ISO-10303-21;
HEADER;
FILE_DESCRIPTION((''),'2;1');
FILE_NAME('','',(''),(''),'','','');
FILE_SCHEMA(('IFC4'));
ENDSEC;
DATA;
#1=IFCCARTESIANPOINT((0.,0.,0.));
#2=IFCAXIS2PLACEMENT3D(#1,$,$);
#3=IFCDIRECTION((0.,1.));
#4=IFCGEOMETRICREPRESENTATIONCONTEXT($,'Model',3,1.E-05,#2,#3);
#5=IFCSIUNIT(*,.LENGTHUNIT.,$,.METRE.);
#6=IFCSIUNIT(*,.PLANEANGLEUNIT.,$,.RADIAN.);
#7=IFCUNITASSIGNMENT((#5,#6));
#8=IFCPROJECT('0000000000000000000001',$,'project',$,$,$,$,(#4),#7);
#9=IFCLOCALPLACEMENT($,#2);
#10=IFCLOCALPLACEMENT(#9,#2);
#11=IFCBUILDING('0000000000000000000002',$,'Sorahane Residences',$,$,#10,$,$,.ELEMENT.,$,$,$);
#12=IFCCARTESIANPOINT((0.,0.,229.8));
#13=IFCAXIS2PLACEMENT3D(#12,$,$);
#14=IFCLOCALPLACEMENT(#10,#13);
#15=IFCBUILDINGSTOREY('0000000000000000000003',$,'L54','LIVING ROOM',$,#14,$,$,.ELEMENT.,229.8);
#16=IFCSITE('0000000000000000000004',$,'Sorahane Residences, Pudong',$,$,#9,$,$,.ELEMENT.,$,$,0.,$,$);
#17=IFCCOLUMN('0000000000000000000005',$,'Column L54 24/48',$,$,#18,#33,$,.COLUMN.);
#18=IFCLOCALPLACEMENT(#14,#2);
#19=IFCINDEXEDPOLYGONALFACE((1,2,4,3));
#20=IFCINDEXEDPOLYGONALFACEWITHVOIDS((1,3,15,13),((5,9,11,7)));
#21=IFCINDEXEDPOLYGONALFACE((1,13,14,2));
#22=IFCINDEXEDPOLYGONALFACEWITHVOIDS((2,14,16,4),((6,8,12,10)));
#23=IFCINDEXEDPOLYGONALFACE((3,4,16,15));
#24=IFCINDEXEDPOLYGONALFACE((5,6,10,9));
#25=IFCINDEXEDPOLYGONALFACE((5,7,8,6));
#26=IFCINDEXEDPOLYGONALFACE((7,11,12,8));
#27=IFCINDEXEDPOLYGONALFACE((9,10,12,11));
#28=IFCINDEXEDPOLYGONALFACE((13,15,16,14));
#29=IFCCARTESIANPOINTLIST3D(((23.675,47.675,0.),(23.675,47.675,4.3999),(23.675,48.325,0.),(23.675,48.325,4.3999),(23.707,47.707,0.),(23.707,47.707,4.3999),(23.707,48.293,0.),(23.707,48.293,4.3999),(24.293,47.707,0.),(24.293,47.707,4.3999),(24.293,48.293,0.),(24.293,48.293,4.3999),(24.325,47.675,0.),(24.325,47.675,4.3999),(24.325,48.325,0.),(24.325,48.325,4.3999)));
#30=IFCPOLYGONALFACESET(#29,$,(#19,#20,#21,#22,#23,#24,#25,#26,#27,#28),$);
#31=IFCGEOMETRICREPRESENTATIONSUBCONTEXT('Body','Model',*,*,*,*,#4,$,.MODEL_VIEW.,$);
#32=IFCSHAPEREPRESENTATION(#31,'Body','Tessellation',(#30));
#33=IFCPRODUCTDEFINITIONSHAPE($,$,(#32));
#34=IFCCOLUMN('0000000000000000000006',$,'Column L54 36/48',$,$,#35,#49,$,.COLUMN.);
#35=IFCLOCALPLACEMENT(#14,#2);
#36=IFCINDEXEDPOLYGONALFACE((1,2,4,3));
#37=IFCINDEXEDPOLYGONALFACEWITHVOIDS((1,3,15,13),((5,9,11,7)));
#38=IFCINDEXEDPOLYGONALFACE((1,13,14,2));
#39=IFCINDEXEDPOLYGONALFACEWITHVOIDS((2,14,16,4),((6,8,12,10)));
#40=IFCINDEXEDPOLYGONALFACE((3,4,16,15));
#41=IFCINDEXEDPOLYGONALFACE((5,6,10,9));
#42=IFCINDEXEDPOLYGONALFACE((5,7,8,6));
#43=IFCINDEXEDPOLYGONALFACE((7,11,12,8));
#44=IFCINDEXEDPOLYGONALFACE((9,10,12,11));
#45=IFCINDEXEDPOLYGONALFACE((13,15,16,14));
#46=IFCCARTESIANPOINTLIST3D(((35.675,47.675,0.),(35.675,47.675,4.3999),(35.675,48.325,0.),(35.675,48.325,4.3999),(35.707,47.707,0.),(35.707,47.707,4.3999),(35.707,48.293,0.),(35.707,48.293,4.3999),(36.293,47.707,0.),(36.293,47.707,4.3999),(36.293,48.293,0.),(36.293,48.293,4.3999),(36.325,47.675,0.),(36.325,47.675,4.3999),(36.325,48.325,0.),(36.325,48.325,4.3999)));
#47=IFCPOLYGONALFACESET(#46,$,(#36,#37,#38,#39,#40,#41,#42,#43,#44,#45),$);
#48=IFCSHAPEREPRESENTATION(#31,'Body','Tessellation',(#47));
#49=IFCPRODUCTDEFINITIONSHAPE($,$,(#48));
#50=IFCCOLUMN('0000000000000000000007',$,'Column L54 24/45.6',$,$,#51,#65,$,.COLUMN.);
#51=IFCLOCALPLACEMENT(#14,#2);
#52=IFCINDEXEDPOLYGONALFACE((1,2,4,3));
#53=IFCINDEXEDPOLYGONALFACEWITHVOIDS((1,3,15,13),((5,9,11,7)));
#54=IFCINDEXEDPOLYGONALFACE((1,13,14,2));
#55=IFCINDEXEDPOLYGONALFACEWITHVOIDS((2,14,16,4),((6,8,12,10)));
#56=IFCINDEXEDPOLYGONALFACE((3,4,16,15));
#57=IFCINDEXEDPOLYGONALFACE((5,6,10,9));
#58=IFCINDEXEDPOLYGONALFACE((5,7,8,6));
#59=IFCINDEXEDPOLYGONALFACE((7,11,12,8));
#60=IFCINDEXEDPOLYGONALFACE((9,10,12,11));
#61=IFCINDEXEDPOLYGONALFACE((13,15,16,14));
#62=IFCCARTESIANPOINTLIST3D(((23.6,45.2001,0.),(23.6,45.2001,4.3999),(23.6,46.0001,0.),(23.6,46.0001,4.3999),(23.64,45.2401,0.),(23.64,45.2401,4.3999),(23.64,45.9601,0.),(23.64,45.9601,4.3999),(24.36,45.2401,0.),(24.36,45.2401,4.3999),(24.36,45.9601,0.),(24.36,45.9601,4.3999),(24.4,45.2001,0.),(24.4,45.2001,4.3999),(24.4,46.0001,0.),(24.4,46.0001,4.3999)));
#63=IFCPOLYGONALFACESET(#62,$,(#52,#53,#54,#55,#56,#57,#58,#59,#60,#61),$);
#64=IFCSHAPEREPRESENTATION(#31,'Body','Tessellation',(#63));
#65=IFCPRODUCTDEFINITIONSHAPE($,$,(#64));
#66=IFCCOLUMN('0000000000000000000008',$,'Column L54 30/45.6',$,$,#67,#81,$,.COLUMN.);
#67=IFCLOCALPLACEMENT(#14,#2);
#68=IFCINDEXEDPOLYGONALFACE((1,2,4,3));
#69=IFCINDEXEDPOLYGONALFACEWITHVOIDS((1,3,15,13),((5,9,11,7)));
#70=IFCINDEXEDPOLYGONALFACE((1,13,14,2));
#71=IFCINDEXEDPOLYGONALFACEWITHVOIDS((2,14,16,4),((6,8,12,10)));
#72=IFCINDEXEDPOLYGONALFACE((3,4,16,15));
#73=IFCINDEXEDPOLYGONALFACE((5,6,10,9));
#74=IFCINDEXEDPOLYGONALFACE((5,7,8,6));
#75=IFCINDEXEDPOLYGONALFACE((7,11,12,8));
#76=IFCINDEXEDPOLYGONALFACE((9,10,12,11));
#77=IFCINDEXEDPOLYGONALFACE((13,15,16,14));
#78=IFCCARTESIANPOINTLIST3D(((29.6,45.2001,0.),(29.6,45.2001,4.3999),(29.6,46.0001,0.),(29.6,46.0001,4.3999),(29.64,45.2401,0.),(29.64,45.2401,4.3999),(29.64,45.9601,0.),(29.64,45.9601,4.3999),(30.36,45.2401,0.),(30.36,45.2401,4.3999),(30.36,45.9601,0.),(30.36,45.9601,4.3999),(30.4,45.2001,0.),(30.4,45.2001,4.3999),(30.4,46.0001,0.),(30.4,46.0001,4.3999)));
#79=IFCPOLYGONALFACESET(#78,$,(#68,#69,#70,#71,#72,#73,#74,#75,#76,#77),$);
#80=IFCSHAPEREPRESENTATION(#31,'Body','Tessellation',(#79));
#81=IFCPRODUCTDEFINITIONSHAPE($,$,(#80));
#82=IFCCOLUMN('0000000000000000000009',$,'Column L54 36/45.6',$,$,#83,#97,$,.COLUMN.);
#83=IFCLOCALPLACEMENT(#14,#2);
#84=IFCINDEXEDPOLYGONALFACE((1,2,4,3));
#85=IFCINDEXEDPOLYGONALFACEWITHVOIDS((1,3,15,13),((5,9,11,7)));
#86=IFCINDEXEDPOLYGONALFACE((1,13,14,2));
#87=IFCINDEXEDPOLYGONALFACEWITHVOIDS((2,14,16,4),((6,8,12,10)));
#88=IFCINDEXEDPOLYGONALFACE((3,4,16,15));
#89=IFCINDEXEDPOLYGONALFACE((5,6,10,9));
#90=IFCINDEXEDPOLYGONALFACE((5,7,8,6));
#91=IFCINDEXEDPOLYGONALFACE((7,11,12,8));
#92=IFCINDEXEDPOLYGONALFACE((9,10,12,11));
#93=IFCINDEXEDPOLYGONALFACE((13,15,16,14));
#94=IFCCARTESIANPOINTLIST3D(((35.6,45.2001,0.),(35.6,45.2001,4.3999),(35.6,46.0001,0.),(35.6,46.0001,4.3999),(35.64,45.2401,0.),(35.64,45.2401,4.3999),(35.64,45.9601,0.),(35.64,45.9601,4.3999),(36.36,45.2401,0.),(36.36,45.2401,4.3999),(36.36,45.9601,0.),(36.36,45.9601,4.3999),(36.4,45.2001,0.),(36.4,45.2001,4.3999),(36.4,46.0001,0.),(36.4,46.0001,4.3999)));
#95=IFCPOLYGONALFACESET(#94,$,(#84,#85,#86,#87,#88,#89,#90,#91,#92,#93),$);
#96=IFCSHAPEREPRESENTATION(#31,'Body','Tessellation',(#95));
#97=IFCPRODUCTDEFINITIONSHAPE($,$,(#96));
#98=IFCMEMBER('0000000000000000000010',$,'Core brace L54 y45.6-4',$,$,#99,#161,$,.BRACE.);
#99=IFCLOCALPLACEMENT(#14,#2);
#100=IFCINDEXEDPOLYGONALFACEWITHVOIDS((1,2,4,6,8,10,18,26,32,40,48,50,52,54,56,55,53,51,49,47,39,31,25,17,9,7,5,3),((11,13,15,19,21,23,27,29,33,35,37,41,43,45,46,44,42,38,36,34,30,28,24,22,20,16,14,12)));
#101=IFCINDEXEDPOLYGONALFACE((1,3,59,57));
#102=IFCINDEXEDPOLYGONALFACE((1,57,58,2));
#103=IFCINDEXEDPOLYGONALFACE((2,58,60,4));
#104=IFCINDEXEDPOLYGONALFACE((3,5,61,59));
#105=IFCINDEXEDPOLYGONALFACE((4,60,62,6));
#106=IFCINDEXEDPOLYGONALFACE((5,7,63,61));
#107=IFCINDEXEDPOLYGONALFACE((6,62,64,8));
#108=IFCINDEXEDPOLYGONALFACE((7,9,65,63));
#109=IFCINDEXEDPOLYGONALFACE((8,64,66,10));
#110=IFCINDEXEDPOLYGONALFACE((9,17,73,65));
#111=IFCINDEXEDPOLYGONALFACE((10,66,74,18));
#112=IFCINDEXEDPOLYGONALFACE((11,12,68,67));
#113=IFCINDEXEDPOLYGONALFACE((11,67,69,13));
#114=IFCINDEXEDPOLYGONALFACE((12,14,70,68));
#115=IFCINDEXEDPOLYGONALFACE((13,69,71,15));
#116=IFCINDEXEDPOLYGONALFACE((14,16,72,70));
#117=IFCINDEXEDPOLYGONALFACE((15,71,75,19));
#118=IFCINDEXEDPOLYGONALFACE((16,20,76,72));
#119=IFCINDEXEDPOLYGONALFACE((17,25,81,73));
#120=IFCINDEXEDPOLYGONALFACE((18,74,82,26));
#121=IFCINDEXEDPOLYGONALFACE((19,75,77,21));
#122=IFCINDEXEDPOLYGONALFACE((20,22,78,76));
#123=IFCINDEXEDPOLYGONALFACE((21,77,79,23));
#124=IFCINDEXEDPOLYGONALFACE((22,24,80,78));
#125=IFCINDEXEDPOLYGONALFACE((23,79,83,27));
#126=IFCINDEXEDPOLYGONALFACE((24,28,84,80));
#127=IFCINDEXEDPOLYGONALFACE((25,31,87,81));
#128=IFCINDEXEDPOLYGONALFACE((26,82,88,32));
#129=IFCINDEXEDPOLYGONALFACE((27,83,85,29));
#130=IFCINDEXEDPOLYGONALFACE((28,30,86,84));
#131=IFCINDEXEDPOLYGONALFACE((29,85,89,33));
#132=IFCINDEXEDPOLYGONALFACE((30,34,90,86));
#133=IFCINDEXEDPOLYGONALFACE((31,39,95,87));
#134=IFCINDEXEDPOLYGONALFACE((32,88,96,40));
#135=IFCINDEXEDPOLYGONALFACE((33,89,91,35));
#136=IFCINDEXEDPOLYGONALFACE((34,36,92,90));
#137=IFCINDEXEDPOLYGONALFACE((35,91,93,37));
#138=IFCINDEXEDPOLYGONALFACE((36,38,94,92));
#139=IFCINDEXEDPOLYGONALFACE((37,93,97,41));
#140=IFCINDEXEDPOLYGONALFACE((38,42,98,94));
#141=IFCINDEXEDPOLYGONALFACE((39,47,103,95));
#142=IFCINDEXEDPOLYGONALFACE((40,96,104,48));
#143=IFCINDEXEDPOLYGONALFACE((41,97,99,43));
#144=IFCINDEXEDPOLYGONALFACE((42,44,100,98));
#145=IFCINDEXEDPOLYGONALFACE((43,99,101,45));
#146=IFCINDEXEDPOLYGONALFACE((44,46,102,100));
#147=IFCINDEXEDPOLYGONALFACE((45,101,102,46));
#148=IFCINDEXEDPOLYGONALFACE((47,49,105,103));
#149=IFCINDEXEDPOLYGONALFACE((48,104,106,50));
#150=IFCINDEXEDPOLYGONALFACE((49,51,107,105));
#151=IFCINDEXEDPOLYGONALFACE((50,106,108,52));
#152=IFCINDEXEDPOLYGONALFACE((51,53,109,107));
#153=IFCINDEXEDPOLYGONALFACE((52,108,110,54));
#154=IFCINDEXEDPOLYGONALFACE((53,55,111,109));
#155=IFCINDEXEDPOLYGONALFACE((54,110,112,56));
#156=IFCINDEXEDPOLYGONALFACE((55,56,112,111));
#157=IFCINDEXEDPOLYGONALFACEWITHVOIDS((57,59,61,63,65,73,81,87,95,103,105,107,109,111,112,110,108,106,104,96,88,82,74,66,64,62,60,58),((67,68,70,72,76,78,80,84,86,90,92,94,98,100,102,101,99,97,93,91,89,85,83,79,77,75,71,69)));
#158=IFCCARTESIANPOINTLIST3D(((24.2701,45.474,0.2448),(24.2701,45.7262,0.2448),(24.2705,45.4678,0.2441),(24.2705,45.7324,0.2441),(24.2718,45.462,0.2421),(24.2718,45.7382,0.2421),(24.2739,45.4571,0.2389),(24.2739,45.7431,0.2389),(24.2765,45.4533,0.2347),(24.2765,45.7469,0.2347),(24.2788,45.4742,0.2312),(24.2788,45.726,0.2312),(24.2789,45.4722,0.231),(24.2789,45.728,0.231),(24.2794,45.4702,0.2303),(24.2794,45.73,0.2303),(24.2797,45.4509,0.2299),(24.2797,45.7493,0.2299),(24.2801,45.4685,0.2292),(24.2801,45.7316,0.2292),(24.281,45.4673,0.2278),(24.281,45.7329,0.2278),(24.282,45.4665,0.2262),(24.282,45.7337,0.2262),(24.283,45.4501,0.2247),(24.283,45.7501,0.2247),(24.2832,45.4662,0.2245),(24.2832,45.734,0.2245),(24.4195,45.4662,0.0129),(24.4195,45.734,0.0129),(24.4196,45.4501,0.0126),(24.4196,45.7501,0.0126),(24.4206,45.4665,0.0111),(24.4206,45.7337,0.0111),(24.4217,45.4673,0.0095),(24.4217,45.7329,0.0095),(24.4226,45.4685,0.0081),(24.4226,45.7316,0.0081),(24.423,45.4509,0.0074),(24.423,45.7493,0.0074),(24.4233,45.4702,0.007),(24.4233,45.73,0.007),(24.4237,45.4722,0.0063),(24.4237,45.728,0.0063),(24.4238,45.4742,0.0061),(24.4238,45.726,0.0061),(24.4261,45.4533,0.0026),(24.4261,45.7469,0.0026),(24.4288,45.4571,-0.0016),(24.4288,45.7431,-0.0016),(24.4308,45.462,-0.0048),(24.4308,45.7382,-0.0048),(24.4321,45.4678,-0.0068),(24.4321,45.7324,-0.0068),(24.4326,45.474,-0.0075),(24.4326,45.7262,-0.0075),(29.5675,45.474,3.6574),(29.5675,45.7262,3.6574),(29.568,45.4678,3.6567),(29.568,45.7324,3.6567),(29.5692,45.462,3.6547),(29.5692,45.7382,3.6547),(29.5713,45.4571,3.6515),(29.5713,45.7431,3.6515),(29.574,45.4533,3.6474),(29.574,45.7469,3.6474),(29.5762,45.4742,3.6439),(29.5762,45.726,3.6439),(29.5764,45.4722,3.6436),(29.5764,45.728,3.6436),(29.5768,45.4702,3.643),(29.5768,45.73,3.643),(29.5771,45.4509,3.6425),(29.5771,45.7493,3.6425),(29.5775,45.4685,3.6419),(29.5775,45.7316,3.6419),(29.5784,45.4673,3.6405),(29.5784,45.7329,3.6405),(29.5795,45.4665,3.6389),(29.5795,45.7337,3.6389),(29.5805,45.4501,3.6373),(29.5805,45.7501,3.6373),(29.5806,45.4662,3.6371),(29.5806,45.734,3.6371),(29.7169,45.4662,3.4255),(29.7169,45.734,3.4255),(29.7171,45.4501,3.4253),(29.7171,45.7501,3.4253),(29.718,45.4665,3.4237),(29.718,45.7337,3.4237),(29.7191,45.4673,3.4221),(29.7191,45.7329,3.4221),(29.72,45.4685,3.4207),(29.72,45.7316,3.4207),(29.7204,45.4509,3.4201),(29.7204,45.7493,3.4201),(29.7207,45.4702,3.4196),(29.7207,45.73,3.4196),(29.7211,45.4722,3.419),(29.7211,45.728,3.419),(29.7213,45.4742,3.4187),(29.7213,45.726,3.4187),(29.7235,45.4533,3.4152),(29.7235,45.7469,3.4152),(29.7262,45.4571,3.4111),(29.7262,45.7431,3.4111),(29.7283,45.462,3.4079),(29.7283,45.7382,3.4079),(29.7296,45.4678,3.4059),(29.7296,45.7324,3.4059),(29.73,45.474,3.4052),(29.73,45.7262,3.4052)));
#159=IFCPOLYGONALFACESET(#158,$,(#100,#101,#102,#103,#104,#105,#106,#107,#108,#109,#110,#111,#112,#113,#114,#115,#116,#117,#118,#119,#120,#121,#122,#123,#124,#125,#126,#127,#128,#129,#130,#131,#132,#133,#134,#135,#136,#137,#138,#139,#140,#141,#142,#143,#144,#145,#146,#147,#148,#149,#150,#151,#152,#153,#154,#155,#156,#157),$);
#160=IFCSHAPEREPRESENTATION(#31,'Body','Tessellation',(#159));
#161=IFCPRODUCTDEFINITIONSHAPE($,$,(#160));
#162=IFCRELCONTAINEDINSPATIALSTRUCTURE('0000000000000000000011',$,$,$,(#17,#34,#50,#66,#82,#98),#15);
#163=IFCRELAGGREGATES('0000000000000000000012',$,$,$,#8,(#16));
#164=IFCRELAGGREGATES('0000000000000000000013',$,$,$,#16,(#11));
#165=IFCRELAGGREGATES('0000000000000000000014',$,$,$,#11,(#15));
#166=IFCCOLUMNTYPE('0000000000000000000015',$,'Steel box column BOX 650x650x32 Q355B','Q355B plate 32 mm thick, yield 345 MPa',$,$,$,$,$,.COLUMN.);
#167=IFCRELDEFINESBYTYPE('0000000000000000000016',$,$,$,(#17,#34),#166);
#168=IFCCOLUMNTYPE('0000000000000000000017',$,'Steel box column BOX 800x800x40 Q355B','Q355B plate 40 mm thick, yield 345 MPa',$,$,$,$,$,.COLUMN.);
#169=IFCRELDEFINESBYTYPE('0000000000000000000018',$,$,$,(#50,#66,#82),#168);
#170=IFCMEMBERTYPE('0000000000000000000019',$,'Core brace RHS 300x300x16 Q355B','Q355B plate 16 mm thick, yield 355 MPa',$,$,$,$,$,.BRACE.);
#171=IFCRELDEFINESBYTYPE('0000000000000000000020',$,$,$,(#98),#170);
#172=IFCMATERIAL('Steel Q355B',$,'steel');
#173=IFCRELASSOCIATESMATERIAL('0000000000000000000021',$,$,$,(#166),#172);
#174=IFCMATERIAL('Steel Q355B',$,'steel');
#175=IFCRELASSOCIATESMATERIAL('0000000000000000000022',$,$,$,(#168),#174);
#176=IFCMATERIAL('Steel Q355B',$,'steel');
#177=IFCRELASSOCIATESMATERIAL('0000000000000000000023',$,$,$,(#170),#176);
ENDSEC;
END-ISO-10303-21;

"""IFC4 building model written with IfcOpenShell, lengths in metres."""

from ifc_helpers import new_model, si_unit, direction, frame, origin, origin_2d, place, context, subcontext, project, spatial, hollow_rectangle, extrude, material, material_profile, profile_set, type_object, element, save


model = new_model("IFC4")

# Units and contexts
model_context = context("Model", 3, precision=1e-05, world=origin(), true_north=direction((0.0, 1.0)))
body_context = subcontext(model_context, "Body", "Model", "MODEL_VIEW")
ifc_project = project(units=[si_unit("LENGTHUNIT", "METRE"), si_unit("PLANEANGLEUNIT", "RADIAN")], contexts=[model_context])

# Site, building, storey
site_placement = place(None, origin())
site = spatial("IfcSite", under=ifc_project, at=site_placement, Name="Sorahane Residences, Pudong", CompositionType="ELEMENT", RefElevation=0.0)
building_placement = place(site_placement, origin())
building = spatial("IfcBuilding", under=site, at=building_placement, Name="Sorahane Residences", CompositionType="ELEMENT")
storey_placement = place(building_placement, frame((0.0, 0.0, 229.8)))
storey = spatial("IfcBuildingStorey", under=building, at=storey_placement, Name="L54", Description="LIVING ROOM", CompositionType="ELEMENT", Elevation=229.8)

# Columns
ifc_material_1 = material(Name="Steel Q355B", Category="steel")
ifc_material_profile_1 = material_profile(ifc_material_1, hollow_rectangle(XDim=0.6499, YDim=0.6499, WallThickness=0.032, at=origin_2d()), Name="BOX 650x650x32")
ifc_profile_set_1 = profile_set([ifc_material_profile_1], Name="Steel Q355B")
column_type_1 = type_object("IfcColumnType", Name="Steel box column BOX 650x650x32 Q355B", Description="Q355B plate 32 mm thick, yield 345 MPa", PredefinedType="COLUMN", material=ifc_profile_set_1)
for number, where, z_axis, x_axis, name in (
    (1, (24.0, 48.0, 0.0), (0.0, 0.0, 1.0), (1.0, 0.0, 0.0), "Column L54 24/48"),
    (2, (36.0, 48.0, 0.0), (0.0, 0.0, 1.0), (1.0, 0.0, 0.0), "Column L54 36/48"),
):
    element("IfcColumn", number, at=place(storey_placement, frame(where, z_axis=z_axis, x_axis=x_axis)), inside=storey, type_object=column_type_1, Name=name, PredefinedType="COLUMN", context=body_context, shape_type="SweptSolid", body=[
        extrude(hollow_rectangle(XDim=0.6499, YDim=0.6499, WallThickness=0.032, at=origin_2d()), origin(), (0.0, 0.0, 1.0), 4.3999),
    ])
ifc_material_2 = material(Name="Steel Q355B", Category="steel")
ifc_material_profile_2 = material_profile(ifc_material_2, hollow_rectangle(XDim=0.8, YDim=0.8, WallThickness=0.04, at=origin_2d()), Name="BOX 800x800x40")
ifc_profile_set_2 = profile_set([ifc_material_profile_2], Name="Steel Q355B")
column_type_2 = type_object("IfcColumnType", Name="Steel box column BOX 800x800x40 Q355B", Description="Q355B plate 40 mm thick, yield 345 MPa", PredefinedType="COLUMN", material=ifc_profile_set_2)
for number, where, z_axis, x_axis, name in (
    (3, (24.0, 45.6001, 0.0), (0.0, 0.0, 1.0), (1.0, 0.0, 0.0), "Column L54 24/45.6"),
    (4, (30.0, 45.6001, 0.0), (0.0, 0.0, 1.0), (1.0, 0.0, 0.0), "Column L54 30/45.6"),
    (5, (36.0, 45.6001, 0.0), (0.0, 0.0, 1.0), (1.0, 0.0, 0.0), "Column L54 36/45.6"),
):
    element("IfcColumn", number, at=place(storey_placement, frame(where, z_axis=z_axis, x_axis=x_axis)), inside=storey, type_object=column_type_2, Name=name, PredefinedType="COLUMN", context=body_context, shape_type="SweptSolid", body=[
        extrude(hollow_rectangle(XDim=0.8, YDim=0.8, WallThickness=0.04, at=origin_2d()), origin(), (0.0, 0.0, 1.0), 4.3999),
    ])

# Member
ifc_material_3 = material(Name="Steel Q355B", Category="steel")
ifc_material_profile_3 = material_profile(ifc_material_3, hollow_rectangle(XDim=0.3, YDim=0.3, WallThickness=0.0161, InnerFilletRadius=0.0081, OuterFilletRadius=0.0239, at=origin_2d()), Name="RHS 300x300x16")
ifc_profile_set_3 = profile_set([ifc_material_profile_3], Name="Steel Q355B")
member_type_1 = type_object("IfcMemberType", Name="Core brace RHS 300x300x16 Q355B", Description="Q355B plate 16 mm thick, yield 355 MPa", PredefinedType="BRACE", material=ifc_profile_set_3)
for number, where, z_axis, x_axis, name in (
    (6, (24.3513, 45.6001, 0.1187), (0.840662, 0.0, 0.54156), (0.0, 1.0, 0.0), "Core brace L54 y45.6-4"),
):
    element("IfcMember", number, at=place(storey_placement, frame(where, z_axis=z_axis, x_axis=x_axis)), inside=storey, type_object=member_type_1, Name=name, PredefinedType="BRACE", context=body_context, shape_type="SweptSolid", body=[
        extrude(hollow_rectangle(XDim=0.3, YDim=0.3, WallThickness=0.0161, InnerFilletRadius=0.0081, OuterFilletRadius=0.0239, at=origin_2d()), origin(), (0.0, 0.0, 1.0), 6.3015),
    ])

save(model, "model.ifc")
